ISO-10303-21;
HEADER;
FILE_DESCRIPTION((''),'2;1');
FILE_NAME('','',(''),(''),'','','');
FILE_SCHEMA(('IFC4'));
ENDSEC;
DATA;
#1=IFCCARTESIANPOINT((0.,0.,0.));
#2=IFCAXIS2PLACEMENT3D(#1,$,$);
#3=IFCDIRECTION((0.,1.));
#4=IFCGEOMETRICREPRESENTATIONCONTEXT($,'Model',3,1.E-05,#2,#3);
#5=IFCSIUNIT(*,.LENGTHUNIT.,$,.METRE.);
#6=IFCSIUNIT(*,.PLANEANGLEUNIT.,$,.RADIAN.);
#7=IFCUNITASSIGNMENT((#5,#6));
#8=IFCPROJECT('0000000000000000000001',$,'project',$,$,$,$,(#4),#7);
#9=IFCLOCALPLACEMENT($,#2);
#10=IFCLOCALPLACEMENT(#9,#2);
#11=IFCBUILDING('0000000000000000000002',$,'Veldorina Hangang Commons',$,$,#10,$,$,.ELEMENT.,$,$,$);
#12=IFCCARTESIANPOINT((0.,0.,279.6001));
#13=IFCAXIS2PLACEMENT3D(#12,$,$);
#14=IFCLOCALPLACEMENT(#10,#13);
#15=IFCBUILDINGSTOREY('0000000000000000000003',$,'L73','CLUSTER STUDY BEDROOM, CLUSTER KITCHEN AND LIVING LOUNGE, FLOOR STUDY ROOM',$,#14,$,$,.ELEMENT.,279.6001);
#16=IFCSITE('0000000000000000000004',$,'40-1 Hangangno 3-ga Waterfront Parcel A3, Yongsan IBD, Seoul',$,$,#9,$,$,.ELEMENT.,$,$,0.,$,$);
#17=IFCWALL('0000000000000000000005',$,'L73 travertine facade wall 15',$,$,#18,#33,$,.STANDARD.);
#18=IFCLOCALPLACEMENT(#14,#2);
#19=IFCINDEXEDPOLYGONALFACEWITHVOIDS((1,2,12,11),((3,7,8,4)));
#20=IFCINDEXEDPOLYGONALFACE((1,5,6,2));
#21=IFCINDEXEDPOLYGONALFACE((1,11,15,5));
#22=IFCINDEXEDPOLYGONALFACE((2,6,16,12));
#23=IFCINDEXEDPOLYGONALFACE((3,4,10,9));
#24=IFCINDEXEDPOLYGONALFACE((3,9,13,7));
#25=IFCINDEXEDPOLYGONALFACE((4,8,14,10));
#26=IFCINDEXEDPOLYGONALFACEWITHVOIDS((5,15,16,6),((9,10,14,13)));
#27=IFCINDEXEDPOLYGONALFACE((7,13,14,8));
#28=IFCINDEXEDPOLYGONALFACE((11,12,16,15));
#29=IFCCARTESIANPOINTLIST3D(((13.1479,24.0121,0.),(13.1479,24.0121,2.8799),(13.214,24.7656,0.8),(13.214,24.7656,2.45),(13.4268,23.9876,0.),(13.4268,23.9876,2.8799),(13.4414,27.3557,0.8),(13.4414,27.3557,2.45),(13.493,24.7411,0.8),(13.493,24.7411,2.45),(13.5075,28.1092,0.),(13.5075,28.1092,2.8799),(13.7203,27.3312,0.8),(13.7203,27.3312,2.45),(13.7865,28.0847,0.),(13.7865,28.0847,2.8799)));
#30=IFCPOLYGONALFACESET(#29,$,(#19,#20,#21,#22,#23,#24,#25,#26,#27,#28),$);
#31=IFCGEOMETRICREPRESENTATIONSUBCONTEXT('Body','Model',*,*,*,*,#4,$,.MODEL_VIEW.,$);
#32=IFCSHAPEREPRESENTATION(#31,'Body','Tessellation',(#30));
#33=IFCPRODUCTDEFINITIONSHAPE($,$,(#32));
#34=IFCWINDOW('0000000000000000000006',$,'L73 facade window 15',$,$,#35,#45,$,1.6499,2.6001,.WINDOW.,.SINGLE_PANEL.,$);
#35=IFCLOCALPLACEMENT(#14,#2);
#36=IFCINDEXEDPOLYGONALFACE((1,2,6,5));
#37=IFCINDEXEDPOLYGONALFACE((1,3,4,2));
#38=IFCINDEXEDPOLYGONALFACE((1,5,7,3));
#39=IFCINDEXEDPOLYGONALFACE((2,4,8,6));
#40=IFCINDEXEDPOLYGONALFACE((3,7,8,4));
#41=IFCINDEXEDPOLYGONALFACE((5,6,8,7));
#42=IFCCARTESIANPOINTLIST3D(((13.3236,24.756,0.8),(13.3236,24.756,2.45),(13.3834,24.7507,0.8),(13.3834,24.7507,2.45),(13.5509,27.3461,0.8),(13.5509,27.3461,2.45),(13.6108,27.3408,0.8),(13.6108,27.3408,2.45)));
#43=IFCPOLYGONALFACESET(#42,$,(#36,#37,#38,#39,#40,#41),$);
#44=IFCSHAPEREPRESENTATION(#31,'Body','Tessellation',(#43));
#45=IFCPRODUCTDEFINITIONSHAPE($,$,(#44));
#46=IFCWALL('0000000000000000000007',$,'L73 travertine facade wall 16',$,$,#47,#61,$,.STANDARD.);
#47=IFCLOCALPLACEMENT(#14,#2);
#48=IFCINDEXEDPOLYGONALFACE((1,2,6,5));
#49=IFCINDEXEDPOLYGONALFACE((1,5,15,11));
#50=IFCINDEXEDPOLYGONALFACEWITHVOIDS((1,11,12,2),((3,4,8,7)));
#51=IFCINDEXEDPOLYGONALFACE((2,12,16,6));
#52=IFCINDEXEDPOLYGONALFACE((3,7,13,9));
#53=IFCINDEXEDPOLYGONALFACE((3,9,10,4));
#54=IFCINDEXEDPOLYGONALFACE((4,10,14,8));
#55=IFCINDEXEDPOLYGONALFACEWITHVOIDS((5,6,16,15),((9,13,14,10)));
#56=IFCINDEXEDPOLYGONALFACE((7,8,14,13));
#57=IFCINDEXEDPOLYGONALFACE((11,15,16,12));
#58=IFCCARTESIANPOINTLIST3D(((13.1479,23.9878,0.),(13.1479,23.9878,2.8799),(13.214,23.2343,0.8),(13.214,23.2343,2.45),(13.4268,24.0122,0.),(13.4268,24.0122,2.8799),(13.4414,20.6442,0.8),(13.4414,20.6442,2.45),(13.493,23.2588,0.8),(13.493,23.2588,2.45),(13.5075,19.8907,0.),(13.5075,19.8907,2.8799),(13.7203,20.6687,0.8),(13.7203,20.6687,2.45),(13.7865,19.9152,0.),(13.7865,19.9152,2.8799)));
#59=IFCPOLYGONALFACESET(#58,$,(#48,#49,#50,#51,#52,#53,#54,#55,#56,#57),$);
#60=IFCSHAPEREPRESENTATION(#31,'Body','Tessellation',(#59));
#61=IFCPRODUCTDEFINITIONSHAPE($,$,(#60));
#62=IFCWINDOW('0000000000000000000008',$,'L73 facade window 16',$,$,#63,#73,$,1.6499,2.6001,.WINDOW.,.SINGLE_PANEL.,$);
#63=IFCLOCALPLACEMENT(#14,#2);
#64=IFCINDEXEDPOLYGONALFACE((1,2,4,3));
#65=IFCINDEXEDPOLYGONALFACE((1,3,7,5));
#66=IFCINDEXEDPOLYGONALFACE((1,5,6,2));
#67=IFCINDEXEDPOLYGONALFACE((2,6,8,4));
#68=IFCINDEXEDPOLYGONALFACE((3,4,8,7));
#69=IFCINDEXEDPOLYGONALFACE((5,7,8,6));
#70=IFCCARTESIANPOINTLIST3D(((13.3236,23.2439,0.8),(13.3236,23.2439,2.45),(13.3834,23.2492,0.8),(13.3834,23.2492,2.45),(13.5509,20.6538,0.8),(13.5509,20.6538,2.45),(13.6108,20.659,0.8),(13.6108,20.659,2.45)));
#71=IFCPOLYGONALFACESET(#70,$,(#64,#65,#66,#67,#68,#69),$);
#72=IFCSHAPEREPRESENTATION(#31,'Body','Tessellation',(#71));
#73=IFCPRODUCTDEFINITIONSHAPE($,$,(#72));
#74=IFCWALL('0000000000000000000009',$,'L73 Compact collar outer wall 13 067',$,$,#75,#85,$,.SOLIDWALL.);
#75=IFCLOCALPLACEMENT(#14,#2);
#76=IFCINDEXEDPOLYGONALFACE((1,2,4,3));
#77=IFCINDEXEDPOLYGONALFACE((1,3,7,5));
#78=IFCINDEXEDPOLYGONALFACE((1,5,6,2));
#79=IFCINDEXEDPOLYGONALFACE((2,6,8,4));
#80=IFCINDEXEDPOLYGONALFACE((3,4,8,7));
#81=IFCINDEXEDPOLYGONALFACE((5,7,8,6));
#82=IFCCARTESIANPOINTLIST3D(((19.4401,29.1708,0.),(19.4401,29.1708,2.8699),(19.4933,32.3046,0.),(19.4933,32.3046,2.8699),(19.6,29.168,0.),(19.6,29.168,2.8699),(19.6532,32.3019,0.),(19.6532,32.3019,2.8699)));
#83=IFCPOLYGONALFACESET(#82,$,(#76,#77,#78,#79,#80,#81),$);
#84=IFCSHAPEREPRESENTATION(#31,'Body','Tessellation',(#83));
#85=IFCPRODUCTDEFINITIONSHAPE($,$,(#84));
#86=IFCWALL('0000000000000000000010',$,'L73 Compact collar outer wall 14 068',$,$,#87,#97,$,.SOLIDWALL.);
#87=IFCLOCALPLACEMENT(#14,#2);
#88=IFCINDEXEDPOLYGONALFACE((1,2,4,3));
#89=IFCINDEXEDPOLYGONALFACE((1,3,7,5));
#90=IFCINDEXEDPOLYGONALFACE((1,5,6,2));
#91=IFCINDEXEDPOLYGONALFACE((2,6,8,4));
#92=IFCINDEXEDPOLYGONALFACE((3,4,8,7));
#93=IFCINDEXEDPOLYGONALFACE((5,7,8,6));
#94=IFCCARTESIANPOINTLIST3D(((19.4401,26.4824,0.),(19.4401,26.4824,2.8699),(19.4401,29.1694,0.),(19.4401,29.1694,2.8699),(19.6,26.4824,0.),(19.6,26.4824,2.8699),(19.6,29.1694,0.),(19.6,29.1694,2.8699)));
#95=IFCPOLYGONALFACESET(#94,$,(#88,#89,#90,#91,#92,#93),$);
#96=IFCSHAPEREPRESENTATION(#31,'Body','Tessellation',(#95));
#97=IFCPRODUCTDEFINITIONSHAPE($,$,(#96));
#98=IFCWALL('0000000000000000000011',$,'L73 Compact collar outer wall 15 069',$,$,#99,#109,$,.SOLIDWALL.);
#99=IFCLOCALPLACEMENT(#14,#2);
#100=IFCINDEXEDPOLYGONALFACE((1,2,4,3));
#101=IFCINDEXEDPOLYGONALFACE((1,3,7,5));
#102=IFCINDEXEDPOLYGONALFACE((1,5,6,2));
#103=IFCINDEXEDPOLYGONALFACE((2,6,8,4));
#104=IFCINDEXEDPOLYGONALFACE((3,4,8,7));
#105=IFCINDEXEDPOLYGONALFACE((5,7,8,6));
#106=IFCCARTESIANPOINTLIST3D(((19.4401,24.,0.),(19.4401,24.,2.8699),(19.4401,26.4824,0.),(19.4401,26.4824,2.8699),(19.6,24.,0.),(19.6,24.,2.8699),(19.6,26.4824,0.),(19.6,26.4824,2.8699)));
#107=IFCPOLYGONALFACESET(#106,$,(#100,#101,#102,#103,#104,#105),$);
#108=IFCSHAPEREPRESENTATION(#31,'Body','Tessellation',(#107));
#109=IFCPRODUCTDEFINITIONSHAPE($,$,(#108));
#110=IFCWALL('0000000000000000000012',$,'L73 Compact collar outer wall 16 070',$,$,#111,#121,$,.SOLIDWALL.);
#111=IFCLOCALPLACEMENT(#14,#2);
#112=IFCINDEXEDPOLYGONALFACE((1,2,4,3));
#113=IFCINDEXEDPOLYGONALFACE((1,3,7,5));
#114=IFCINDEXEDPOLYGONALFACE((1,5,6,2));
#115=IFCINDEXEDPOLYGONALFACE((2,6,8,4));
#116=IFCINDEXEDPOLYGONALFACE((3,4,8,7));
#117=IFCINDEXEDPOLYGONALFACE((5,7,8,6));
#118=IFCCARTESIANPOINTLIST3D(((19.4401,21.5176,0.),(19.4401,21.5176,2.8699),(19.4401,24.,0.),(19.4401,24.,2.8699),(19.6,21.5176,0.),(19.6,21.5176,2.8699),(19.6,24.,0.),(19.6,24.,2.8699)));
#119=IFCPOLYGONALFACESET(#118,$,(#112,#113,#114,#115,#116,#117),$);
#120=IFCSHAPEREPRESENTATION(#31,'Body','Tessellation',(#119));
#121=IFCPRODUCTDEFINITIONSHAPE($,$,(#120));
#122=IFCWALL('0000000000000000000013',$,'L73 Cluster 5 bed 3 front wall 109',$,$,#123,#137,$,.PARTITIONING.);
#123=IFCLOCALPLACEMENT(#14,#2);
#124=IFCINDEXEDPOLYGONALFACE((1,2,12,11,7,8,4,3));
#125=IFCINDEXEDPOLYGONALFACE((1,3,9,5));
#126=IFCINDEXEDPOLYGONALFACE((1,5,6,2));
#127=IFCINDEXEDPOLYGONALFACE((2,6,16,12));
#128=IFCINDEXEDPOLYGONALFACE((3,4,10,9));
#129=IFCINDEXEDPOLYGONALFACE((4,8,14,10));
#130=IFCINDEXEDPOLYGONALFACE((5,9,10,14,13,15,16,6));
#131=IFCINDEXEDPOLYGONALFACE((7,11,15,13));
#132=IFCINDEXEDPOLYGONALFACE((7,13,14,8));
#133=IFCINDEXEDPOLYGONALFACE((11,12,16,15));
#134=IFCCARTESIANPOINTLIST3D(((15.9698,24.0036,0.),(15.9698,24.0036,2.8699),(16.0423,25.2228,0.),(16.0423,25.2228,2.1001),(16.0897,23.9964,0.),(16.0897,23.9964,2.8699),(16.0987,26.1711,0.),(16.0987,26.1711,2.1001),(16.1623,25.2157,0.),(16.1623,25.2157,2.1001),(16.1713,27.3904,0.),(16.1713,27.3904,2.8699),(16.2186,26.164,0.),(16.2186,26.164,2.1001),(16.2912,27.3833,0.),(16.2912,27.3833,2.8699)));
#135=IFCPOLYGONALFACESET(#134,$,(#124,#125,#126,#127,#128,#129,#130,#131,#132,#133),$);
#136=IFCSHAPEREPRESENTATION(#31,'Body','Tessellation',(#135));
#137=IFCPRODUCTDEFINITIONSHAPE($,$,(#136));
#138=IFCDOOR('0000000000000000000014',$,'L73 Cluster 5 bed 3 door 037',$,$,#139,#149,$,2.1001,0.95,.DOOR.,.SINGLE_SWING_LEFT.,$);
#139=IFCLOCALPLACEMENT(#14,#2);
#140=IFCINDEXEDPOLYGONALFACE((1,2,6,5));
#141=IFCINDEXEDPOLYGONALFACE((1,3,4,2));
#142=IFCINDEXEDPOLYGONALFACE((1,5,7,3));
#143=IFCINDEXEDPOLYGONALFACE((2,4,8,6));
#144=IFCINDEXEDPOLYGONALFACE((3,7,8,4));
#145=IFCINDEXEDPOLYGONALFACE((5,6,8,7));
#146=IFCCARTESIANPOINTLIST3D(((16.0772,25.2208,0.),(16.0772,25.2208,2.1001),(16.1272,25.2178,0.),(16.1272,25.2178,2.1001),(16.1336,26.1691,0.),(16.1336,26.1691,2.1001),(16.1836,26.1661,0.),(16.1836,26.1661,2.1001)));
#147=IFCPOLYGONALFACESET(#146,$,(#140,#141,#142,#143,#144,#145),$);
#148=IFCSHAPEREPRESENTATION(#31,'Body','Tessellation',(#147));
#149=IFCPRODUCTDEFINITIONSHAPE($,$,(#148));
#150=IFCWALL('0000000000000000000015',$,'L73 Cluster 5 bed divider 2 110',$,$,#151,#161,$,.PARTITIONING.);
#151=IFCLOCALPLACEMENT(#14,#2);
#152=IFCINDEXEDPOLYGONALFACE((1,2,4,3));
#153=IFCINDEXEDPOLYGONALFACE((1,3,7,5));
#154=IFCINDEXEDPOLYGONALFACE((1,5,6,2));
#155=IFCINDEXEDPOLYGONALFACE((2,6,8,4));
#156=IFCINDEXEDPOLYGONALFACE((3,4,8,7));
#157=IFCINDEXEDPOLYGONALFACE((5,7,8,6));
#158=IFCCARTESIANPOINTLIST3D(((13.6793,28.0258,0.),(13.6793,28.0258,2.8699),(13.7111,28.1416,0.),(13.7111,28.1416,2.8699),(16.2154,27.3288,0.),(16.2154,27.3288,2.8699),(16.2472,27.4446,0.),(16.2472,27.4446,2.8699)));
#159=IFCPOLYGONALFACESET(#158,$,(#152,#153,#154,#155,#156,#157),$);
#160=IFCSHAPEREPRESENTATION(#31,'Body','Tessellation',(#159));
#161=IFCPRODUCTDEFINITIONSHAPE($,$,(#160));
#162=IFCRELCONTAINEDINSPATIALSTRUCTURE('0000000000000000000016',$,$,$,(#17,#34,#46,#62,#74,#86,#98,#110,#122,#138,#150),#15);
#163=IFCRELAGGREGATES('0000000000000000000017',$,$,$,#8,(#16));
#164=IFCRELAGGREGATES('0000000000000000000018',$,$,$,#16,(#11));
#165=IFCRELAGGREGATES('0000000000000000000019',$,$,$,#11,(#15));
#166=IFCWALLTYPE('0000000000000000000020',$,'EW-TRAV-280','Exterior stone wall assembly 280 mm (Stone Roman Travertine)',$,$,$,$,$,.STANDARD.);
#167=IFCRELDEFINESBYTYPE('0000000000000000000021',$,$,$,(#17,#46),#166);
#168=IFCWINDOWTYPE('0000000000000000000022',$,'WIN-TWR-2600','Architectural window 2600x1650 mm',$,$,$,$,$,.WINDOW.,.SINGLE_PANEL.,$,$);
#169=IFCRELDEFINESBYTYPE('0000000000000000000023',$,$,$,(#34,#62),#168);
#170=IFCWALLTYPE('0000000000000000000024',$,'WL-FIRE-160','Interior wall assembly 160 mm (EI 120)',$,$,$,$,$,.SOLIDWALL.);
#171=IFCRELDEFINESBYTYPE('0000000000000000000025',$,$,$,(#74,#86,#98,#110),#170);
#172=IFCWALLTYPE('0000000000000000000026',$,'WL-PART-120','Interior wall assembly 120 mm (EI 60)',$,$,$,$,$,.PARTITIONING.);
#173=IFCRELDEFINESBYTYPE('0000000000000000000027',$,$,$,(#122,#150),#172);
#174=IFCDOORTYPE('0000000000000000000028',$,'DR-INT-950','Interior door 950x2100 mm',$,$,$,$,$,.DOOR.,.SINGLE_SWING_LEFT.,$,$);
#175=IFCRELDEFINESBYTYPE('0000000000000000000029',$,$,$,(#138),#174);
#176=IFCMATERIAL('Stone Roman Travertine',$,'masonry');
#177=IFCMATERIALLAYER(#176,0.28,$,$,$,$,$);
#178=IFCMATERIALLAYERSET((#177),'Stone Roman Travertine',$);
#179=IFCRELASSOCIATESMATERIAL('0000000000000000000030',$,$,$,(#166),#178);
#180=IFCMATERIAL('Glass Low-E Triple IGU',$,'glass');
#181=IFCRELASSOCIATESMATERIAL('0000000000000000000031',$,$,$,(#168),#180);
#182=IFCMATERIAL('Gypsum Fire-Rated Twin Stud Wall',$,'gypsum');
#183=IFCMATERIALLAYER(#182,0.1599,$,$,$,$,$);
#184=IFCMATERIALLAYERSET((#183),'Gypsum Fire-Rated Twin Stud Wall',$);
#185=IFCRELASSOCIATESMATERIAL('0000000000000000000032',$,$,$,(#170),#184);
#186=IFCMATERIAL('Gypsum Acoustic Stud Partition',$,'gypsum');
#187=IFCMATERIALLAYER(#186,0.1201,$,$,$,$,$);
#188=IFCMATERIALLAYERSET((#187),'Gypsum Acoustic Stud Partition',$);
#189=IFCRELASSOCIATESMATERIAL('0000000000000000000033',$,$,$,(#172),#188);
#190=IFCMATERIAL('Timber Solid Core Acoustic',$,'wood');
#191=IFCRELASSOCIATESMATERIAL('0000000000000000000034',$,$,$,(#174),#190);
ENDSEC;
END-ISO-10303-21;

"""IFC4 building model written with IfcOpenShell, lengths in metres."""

from ifc_helpers import new_model, si_unit, direction, frame, frame_2d, origin, place, context, subcontext, project, spatial, rectangle, extrude, material, layer, layer_set, type_object, element, fill, save


model = new_model("IFC4")

# Units and contexts
model_context = context("Model", 3, precision=1e-05, world=origin(), true_north=direction((0.0, 1.0)))
body_context = subcontext(model_context, "Body", "Model", "MODEL_VIEW")
ifc_project = project(units=[si_unit("LENGTHUNIT", "METRE"), si_unit("PLANEANGLEUNIT", "RADIAN")], contexts=[model_context])

# Site, building, storey
site_placement = place(None, origin())
site = spatial("IfcSite", under=ifc_project, at=site_placement, Name="40-1 Hangangno 3-ga Waterfront Parcel A3, Yongsan IBD, Seoul", CompositionType="ELEMENT", RefElevation=0.0)
building_placement = place(site_placement, origin())
building = spatial("IfcBuilding", under=site, at=building_placement, Name="Veldorina Hangang Commons", CompositionType="ELEMENT")
storey_placement = place(building_placement, frame((0.0, 0.0, 279.6001)))
storey = spatial("IfcBuildingStorey", under=building, at=storey_placement, Name="L73", Description="CLUSTER STUDY BEDROOM, CLUSTER KITCHEN AND LIVING LOUNGE, FLOOR STUDY ROOM", CompositionType="ELEMENT", Elevation=279.6001)

# Walls, openings, windows
ifc_material_1 = material(Name="Stone Roman Travertine", Category="masonry")
ifc_layer_1 = layer(ifc_material_1, 0.28)
ifc_layer_set_1 = layer_set([ifc_layer_1], Name="Stone Roman Travertine")
wall_type_1 = type_object("IfcWallType", Name="EW-TRAV-280", Description="Exterior stone wall assembly 280 mm (Stone Roman Travertine)", PredefinedType="STANDARD", material=ifc_layer_set_1)
ifc_material_2 = material(Name="Glass Low-E Triple IGU", Category="glass")
window_type = type_object("IfcWindowType", Name="WIN-TWR-2600", Description="Architectural window 2600x1650 mm", PartitioningType="SINGLE_PANEL", PredefinedType="WINDOW", material=ifc_material_2)
wall_1_placement = place(storey_placement, frame((13.647, 28.0969, 0.0), z_axis=(0.0, 0.0, 1.0), x_axis=(-0.087442, -0.99617, 0.0)))
wall_1 = element("IfcWall", 1, at=wall_1_placement, inside=storey, type_object=wall_type_1, Name="L73 travertine facade wall 15", PredefinedType="STANDARD", context=body_context, shape_type="SweptSolid", body=[
    extrude(rectangle(XDim=4.1128, YDim=0.28, at=frame_2d((2.0564, 0.0))), origin(), (0.0, 0.0, 1.0), 2.8799),
])
opening_1_placement = place(wall_1_placement, frame((0.7563, 0.0, 0.8)))
opening_1 = element("IfcOpeningElement", 2, at=opening_1_placement, cuts=wall_1, PredefinedType="OPENING", context=body_context, shape_type="SweptSolid", body=[
    extrude(rectangle(XDim=2.6001, YDim=1.6499, at=frame_2d((1.3, 0.825))), frame((0.0, 0.1499, 0.0), z_axis=(0.0, -1.0, 0.0), x_axis=(1.0, 0.0, 0.0)), (0.0, 0.0, 1.0), 0.3),
])
window_1_placement = place(opening_1_placement, origin())
window_1 = element("IfcWindow", 3, at=window_1_placement, inside=storey, type_object=window_type, Name="L73 facade window 15", OverallHeight=1.6499, OverallWidth=2.6001, PartitioningType="SINGLE_PANEL", PredefinedType="WINDOW", context=body_context, shape_type="SweptSolid", body=[
    extrude(rectangle(XDim=2.6001, YDim=1.6499, at=frame_2d((1.3, 0.825))), frame((0.0, 0.03, 0.0), z_axis=(0.0, -1.0, 0.0), x_axis=(1.0, 0.0, 0.0)), (0.0, 0.0, 1.0), 0.0601),
])
fill(opening_1, window_1)
wall_2_placement = place(storey_placement, frame((13.2874, 24.0, 0.0), z_axis=(0.0, 0.0, 1.0), x_axis=(0.087442, -0.99617, 0.0)))
wall_2 = element("IfcWall", 4, at=wall_2_placement, inside=storey, type_object=wall_type_1, Name="L73 travertine facade wall 16", PredefinedType="STANDARD", context=body_context, shape_type="SweptSolid", body=[
    extrude(rectangle(XDim=4.1128, YDim=0.28, at=frame_2d((2.0564, 0.0))), origin(), (0.0, 0.0, 1.0), 2.8799),
])
opening_2_placement = place(wall_2_placement, frame((0.7563, 0.0, 0.8)))
opening_2 = element("IfcOpeningElement", 5, at=opening_2_placement, cuts=wall_2, PredefinedType="OPENING", context=body_context, shape_type="SweptSolid", body=[
    extrude(rectangle(XDim=2.6001, YDim=1.6499, at=frame_2d((1.3, 0.825))), frame((0.0, 0.1499, 0.0), z_axis=(0.0, -1.0, 0.0), x_axis=(1.0, 0.0, 0.0)), (0.0, 0.0, 1.0), 0.3),
])
window_2_placement = place(opening_2_placement, origin())
window_2 = element("IfcWindow", 6, at=window_2_placement, inside=storey, type_object=window_type, Name="L73 facade window 16", OverallHeight=1.6499, OverallWidth=2.6001, PartitioningType="SINGLE_PANEL", PredefinedType="WINDOW", context=body_context, shape_type="SweptSolid", body=[
    extrude(rectangle(XDim=2.6001, YDim=1.6499, at=frame_2d((1.3, 0.825))), frame((0.0, 0.03, 0.0), z_axis=(0.0, -1.0, 0.0), x_axis=(1.0, 0.0, 0.0)), (0.0, 0.0, 1.0), 0.0601),
])
fill(opening_2, window_2)

# Walls
ifc_material_3 = material(Name="Gypsum Fire-Rated Twin Stud Wall", Category="gypsum")
ifc_layer_2 = layer(ifc_material_3, 0.1599)
ifc_layer_set_2 = layer_set([ifc_layer_2], Name="Gypsum Fire-Rated Twin Stud Wall")
wall_type_2 = type_object("IfcWallType", Name="WL-FIRE-160", Description="Interior wall assembly 160 mm (EI 120)", PredefinedType="SOLIDWALL", material=ifc_layer_set_2)
wall_3_placement = place(storey_placement, frame((19.5732, 32.3032, 0.0), z_axis=(0.0, 0.0, 1.0), x_axis=(-0.016981, -0.999856, 0.0)))
element("IfcWall", 7, at=wall_3_placement, inside=storey, type_object=wall_type_2, Name="L73 Compact collar outer wall 13 067", PredefinedType="SOLIDWALL", context=body_context, shape_type="SweptSolid", body=[
    extrude(rectangle(XDim=3.1343, YDim=0.1599, at=frame_2d((1.5671, 0.0))), origin(), (0.0, 0.0, 1.0), 2.8699),
])
wall_4_placement = place(storey_placement, frame((19.52, 29.1694, 0.0), z_axis=(0.0, 0.0, 1.0), x_axis=(0.0, -1.0, 0.0)))
element("IfcWall", 8, at=wall_4_placement, inside=storey, type_object=wall_type_2, Name="L73 Compact collar outer wall 14 068", PredefinedType="SOLIDWALL", context=body_context, shape_type="SweptSolid", body=[
    extrude(rectangle(XDim=2.687, YDim=0.1599, at=frame_2d((1.3435, 0.0))), origin(), (0.0, 0.0, 1.0), 2.8699),
])
for number, where, z_axis, x_axis, name in (
    (9, (19.52, 26.4824, 0.0), (0.0, 0.0, 1.0), (0.0, -1.0, 0.0), "L73 Compact collar outer wall 15 069"),
    (10, (19.52, 24.0, 0.0), (0.0, 0.0, 1.0), (0.0, -1.0, 0.0), "L73 Compact collar outer wall 16 070"),
):
    element("IfcWall", number, at=place(storey_placement, frame(where, z_axis=z_axis, x_axis=x_axis)), inside=storey, type_object=wall_type_2, Name=name, PredefinedType="SOLIDWALL", context=body_context, shape_type="SweptSolid", body=[
        extrude(rectangle(XDim=2.4824, YDim=0.1599, at=frame_2d((1.2412, 0.0))), origin(), (0.0, 0.0, 1.0), 2.8699),
    ])

# Wall, opening, door
ifc_material_4 = material(Name="Gypsum Acoustic Stud Partition", Category="gypsum")
ifc_layer_3 = layer(ifc_material_4, 0.1201)
ifc_layer_set_3 = layer_set([ifc_layer_3], Name="Gypsum Acoustic Stud Partition")
wall_type_3 = type_object("IfcWallType", Name="WL-PART-120", Description="Interior wall assembly 120 mm (EI 60)", PredefinedType="PARTITIONING", material=ifc_layer_set_3)
wall_5_placement = place(storey_placement, frame((16.2312, 27.3867, 0.0), z_axis=(0.0, 0.0, 1.0), x_axis=(-0.059367, -0.998236, 0.0)))
wall_5 = element("IfcWall", 11, at=wall_5_placement, inside=storey, type_object=wall_type_3, Name="L73 Cluster 5 bed 3 front wall 109", PredefinedType="PARTITIONING", context=body_context, shape_type="SweptSolid", body=[
    extrude(rectangle(XDim=3.3928, YDim=0.1201, at=frame_2d((1.6963, 0.0))), origin(), (0.0, 0.0, 1.0), 2.8699),
])
opening_3_placement = place(wall_5_placement, frame((1.2212, 0.0, 0.0)))
opening_3 = element("IfcOpeningElement", 12, at=opening_3_placement, cuts=wall_5, PredefinedType="OPENING", context=body_context, shape_type="SweptSolid", body=[
    extrude(rectangle(XDim=0.95, YDim=2.1001, at=frame_2d((0.4751, 1.05))), frame((0.0, 0.0701, 0.0), z_axis=(0.0, -1.0, 0.0), x_axis=(1.0, 0.0, 0.0)), (0.0, 0.0, 1.0), 0.1401),
])
ifc_material_5 = material(Name="Timber Solid Core Acoustic", Category="wood")
door_type = type_object("IfcDoorType", Name="DR-INT-950", Description="Interior door 950x2100 mm", OperationType="SINGLE_SWING_LEFT", PredefinedType="DOOR", material=ifc_material_5)
door_1_placement = place(opening_3_placement, origin())
door_1 = element("IfcDoor", 13, at=door_1_placement, inside=storey, type_object=door_type, Name="L73 Cluster 5 bed 3 door 037", OperationType="SINGLE_SWING_LEFT", OverallHeight=2.1001, OverallWidth=0.95, PredefinedType="DOOR", context=body_context, shape_type="SweptSolid", body=[
    extrude(rectangle(XDim=0.95, YDim=2.1001, at=frame_2d((0.4751, 1.05))), frame((0.0, 0.0249, 0.0), z_axis=(0.0, -1.0, 0.0), x_axis=(1.0, 0.0, 0.0)), (0.0, 0.0, 1.0), 0.05),
])
fill(opening_3, door_1)

# Wall
wall_6_placement = place(storey_placement, frame((16.2312, 27.3867, 0.0), z_axis=(0.0, 0.0, 1.0), x_axis=(-0.964246, 0.26501, 0.0)))
element("IfcWall", 14, at=wall_6_placement, inside=storey, type_object=wall_type_3, Name="L73 Cluster 5 bed divider 2 110", PredefinedType="PARTITIONING", context=body_context, shape_type="SweptSolid", body=[
    extrude(rectangle(XDim=2.6301, YDim=0.1201, at=frame_2d((1.3149, 0.0))), origin(), (0.0, 0.0, 1.0), 2.8699),
])

save(model, "model.ifc")
